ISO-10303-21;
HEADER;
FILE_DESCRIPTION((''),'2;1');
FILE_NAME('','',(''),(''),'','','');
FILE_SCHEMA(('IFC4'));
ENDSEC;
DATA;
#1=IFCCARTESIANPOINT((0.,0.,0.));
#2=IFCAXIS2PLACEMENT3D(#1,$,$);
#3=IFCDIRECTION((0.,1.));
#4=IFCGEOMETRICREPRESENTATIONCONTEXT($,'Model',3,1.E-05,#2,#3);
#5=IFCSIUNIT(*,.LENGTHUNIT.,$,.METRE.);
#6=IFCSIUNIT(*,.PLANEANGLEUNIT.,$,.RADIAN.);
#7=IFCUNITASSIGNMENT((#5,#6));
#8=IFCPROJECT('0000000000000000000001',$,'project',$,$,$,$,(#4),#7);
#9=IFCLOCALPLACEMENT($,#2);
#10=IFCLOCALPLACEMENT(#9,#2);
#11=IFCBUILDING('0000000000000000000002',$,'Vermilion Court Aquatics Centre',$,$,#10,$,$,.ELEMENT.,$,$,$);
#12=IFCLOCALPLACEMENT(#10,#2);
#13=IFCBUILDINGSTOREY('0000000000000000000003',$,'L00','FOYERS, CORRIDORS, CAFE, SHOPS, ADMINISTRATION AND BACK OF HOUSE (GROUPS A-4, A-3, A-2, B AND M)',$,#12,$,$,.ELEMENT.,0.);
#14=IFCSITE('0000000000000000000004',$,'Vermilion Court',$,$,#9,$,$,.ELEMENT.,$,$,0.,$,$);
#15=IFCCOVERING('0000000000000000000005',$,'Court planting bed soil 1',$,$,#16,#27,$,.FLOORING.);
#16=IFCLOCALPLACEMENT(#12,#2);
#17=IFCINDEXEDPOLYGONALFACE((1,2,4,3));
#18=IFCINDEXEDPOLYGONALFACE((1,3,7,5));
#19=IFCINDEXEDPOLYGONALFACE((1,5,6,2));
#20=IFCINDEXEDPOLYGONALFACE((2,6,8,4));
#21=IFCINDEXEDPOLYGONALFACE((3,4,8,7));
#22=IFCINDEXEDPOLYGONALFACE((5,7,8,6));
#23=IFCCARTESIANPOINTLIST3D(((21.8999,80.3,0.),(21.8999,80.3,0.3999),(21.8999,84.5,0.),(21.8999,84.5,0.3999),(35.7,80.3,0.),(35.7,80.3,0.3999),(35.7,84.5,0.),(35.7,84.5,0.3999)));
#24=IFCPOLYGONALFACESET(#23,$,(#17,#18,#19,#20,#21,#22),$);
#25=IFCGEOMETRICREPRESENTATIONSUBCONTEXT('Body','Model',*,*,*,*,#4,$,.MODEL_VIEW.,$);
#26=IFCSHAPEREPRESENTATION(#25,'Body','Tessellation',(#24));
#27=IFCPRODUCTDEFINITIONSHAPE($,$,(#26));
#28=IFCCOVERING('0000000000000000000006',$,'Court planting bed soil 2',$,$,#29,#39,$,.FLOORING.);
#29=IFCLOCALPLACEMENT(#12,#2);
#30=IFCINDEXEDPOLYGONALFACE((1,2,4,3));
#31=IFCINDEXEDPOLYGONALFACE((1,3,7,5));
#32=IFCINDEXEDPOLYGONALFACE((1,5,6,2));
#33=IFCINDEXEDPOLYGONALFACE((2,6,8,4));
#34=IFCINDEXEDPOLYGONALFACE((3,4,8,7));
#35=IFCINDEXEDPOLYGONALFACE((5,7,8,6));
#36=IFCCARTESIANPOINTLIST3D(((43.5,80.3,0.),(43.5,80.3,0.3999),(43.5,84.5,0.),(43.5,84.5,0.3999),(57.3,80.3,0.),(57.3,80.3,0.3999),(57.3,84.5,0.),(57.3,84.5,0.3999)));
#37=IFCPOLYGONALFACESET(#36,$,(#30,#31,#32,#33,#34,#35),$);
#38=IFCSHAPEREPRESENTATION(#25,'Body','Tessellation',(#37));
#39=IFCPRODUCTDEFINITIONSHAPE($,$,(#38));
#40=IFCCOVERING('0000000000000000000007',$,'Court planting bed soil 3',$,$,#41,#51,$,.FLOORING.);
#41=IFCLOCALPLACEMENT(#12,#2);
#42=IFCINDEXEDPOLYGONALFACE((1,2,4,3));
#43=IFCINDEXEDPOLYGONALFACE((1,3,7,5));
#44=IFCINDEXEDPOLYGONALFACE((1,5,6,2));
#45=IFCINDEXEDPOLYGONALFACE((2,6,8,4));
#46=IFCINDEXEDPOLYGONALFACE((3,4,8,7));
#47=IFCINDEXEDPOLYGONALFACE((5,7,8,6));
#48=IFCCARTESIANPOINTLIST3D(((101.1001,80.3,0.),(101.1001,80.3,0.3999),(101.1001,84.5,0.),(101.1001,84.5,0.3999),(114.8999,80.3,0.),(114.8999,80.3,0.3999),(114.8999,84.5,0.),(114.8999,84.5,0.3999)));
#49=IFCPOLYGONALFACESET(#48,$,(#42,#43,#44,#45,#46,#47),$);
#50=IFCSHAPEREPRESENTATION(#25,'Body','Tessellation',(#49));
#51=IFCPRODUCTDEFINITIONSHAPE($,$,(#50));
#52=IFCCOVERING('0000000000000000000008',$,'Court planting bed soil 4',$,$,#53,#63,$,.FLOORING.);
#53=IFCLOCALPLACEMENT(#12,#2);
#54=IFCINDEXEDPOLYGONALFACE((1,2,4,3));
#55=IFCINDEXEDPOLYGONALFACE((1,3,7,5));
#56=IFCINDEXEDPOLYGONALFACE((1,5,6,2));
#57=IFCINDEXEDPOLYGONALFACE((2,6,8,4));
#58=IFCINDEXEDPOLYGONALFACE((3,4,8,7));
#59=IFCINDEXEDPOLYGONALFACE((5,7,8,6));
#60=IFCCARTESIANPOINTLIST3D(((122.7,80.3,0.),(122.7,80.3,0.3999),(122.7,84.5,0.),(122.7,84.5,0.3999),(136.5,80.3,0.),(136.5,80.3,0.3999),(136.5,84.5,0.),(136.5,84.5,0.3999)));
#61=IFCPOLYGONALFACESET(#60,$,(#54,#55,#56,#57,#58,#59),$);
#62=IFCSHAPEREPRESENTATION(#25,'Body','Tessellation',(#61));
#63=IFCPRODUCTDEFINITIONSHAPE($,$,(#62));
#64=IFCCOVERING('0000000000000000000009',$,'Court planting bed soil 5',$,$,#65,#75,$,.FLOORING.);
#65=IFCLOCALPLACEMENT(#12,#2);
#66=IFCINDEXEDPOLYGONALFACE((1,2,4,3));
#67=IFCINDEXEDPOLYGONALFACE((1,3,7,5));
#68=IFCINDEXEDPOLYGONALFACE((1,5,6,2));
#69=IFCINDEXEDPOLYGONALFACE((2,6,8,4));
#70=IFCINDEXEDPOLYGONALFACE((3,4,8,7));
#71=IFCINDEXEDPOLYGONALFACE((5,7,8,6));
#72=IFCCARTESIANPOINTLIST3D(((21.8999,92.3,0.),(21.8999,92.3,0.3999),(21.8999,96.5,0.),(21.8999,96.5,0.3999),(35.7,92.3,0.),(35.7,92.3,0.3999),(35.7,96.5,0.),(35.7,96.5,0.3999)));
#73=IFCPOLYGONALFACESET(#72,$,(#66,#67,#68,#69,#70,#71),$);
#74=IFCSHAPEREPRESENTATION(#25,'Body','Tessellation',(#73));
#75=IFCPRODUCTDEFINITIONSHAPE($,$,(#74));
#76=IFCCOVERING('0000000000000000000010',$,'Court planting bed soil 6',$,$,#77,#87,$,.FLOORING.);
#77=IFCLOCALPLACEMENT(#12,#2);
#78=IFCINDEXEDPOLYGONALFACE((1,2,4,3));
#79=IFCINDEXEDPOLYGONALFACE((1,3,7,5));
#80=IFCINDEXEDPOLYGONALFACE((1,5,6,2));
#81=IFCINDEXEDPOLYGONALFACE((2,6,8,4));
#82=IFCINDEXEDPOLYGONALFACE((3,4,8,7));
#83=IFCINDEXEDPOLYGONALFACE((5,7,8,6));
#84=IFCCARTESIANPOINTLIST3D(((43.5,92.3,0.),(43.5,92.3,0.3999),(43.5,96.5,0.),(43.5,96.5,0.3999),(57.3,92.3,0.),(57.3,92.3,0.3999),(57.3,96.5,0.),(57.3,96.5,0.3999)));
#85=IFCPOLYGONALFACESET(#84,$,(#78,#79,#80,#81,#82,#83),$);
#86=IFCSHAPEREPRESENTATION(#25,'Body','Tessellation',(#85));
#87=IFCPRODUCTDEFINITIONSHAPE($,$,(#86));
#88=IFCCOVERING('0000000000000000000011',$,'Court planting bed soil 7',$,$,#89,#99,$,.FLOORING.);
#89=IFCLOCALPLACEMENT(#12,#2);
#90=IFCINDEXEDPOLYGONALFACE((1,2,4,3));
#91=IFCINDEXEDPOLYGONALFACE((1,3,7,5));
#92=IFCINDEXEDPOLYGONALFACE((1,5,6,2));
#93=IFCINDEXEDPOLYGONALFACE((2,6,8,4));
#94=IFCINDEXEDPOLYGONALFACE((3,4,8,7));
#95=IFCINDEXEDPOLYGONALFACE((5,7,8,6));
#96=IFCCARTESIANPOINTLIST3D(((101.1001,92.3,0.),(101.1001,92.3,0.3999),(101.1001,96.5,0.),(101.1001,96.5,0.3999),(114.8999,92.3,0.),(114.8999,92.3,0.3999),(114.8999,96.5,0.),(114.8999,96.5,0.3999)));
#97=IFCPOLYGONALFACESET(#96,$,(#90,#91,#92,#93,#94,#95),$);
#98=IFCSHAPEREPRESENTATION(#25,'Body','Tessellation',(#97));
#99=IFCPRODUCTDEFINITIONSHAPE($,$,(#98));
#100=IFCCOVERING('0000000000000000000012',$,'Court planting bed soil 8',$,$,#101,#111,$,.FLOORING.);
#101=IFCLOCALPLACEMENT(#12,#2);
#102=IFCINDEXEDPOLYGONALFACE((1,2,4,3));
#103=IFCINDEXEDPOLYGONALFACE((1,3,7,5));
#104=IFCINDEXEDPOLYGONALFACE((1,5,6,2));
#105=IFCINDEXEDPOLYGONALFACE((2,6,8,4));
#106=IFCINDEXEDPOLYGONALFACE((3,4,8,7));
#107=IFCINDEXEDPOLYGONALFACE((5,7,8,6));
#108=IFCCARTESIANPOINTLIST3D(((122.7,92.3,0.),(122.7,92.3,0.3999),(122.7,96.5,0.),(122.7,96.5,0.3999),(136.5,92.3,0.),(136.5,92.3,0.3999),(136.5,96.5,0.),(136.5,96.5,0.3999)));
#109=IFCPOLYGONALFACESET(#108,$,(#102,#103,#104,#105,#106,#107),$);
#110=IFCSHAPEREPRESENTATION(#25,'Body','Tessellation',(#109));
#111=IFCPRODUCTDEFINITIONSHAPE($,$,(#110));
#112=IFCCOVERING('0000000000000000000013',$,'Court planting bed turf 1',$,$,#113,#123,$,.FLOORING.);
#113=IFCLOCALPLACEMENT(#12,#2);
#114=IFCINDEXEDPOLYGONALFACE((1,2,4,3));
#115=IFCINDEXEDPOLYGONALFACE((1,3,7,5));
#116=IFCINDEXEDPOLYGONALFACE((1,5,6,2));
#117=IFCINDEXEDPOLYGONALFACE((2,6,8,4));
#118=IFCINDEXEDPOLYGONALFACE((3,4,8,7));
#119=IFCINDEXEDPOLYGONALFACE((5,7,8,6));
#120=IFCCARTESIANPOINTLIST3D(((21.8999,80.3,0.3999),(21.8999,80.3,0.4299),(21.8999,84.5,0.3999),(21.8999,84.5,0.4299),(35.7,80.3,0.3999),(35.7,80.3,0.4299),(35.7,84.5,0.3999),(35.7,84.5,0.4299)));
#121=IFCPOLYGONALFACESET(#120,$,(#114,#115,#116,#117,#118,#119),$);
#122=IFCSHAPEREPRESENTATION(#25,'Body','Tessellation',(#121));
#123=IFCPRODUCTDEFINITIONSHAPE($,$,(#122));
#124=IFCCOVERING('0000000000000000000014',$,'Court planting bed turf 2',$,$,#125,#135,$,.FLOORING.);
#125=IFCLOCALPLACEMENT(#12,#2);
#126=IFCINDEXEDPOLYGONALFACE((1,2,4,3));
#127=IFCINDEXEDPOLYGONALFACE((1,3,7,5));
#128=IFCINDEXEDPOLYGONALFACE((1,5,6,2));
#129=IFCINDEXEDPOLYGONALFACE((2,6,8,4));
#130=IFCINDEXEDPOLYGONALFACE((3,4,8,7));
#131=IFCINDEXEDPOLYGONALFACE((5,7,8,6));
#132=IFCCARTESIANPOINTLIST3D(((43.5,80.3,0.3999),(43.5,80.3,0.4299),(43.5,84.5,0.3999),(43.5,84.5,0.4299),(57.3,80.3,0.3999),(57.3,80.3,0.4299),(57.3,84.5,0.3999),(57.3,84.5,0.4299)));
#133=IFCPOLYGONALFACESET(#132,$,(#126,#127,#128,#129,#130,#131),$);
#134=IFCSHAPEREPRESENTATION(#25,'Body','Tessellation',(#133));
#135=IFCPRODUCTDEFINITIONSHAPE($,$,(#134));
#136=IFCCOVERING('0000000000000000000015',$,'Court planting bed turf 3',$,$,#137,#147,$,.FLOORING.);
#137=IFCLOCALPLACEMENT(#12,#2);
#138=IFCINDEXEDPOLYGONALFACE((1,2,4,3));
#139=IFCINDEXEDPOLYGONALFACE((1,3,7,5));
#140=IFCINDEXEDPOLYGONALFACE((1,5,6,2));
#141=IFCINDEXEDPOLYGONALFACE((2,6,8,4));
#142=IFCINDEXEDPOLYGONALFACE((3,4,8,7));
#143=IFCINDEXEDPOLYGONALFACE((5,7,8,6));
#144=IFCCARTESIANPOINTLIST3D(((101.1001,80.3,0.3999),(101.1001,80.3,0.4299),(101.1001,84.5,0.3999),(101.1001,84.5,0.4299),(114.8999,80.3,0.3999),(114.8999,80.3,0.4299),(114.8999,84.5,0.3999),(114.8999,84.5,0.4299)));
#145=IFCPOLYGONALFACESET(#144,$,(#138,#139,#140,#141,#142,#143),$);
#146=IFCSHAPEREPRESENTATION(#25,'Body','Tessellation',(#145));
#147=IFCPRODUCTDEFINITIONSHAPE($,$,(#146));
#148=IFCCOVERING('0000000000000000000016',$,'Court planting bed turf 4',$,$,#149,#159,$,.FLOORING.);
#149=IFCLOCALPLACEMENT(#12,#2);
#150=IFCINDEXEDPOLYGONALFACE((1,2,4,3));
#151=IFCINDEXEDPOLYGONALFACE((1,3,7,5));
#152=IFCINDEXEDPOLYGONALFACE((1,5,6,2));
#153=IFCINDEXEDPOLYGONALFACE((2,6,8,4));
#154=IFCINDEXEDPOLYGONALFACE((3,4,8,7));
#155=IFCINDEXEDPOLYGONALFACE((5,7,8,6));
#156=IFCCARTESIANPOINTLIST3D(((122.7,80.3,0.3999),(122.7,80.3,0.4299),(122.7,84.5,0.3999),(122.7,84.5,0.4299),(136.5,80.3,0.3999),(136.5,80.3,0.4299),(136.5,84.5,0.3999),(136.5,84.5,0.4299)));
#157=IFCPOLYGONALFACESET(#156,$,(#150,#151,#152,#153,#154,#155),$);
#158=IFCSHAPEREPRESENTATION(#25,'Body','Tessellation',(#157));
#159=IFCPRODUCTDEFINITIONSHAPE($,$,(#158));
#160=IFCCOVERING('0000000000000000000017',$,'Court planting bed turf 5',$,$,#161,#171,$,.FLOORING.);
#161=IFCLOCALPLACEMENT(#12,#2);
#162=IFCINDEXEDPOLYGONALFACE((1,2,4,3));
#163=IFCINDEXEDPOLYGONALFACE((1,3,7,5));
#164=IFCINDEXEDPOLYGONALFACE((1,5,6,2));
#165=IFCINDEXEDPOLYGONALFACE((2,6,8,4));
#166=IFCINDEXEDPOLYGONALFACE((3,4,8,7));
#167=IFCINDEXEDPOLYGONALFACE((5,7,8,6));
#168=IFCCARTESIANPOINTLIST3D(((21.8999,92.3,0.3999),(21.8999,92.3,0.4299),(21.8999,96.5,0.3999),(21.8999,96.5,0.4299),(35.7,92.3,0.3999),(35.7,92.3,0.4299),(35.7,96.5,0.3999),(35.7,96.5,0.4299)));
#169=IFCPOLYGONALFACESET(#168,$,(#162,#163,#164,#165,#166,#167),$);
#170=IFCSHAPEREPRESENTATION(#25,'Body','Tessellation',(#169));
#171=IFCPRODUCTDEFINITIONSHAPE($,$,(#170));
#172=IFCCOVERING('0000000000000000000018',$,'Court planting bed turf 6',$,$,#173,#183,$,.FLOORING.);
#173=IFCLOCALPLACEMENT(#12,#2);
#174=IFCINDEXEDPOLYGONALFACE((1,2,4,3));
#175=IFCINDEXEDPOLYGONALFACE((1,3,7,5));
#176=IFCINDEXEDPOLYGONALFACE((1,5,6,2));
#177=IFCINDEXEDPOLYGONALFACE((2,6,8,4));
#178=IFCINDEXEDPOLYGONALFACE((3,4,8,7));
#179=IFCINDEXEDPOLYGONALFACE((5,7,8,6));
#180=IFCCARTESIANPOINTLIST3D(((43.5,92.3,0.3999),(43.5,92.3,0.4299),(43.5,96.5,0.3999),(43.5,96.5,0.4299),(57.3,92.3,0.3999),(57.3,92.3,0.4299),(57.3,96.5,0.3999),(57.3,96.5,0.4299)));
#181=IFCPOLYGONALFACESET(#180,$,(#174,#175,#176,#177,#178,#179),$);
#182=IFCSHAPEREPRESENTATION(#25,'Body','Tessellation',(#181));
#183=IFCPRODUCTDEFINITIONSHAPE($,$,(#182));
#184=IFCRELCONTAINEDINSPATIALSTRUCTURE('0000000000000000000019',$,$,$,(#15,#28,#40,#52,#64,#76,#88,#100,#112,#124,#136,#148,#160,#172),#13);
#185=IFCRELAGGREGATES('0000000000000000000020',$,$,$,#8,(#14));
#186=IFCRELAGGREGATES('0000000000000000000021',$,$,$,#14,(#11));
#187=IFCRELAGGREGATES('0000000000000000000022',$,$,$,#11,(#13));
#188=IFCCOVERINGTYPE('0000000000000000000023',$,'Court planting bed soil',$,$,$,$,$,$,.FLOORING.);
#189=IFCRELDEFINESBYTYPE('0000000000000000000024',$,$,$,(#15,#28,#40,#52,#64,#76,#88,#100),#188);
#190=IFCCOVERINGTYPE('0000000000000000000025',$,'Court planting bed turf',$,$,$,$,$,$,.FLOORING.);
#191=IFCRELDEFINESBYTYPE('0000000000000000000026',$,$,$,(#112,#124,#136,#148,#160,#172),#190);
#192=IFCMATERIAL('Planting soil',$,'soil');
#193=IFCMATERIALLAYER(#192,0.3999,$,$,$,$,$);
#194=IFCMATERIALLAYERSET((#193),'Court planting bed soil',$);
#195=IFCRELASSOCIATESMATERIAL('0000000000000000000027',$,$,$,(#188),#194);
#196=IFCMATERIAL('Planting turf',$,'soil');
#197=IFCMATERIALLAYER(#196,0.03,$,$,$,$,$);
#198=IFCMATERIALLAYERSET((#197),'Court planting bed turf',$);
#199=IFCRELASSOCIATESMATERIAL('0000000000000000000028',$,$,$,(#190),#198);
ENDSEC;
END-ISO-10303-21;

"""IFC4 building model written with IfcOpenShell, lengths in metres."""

from ifc_helpers import new_model, si_unit, direction, frame, origin, place, context, subcontext, project, spatial, polyline, outline, extrude, material, layer, layer_set, type_object, element, save


model = new_model("IFC4")

# Units and contexts
model_context = context("Model", 3, precision=1e-05, world=origin(), true_north=direction((0.0, 1.0)))
body_context = subcontext(model_context, "Body", "Model", "MODEL_VIEW")
ifc_project = project(units=[si_unit("LENGTHUNIT", "METRE"), si_unit("PLANEANGLEUNIT", "RADIAN")], contexts=[model_context])

# Site, building, storey
site_placement = place(None, origin())
site = spatial("IfcSite", under=ifc_project, at=site_placement, Name="Vermilion Court", CompositionType="ELEMENT", RefElevation=0.0)
building_placement = place(site_placement, origin())
building = spatial("IfcBuilding", under=site, at=building_placement, Name="Vermilion Court Aquatics Centre", CompositionType="ELEMENT")
storey_placement = place(building_placement, origin())
storey = spatial("IfcBuildingStorey", under=building, at=storey_placement, Name="L00", Description="FOYERS, CORRIDORS, CAFE, SHOPS, ADMINISTRATION AND BACK OF HOUSE (GROUPS A-4, A-3, A-2, B AND M)", CompositionType="ELEMENT", Elevation=0.0)

# Coverings
ifc_material_1 = material(Name="Planting soil", Category="soil")
ifc_layer_1 = layer(ifc_material_1, 0.3999)
ifc_layer_set_1 = layer_set([ifc_layer_1], Name="Court planting bed soil")
covering_type_1 = type_object("IfcCoveringType", Name="Court planting bed soil", PredefinedType="FLOORING", material=ifc_layer_set_1)
covering_1_placement = place(storey_placement, origin())
element("IfcCovering", 1, at=covering_1_placement, inside=storey, type_object=covering_type_1, Name="Court planting bed soil 1", PredefinedType="FLOORING", context=body_context, shape_type="SweptSolid", body=[
    extrude(outline(polyline([(21.8999, 80.3), (35.7, 80.3), (35.7, 84.5), (21.8999, 84.5), (21.8999, 80.3)])), origin(), (0.0, 0.0, 1.0), 0.3999),
])
covering_2_placement = place(storey_placement, origin())
element("IfcCovering", 2, at=covering_2_placement, inside=storey, type_object=covering_type_1, Name="Court planting bed soil 2", PredefinedType="FLOORING", context=body_context, shape_type="SweptSolid", body=[
    extrude(outline(polyline([(43.5, 80.3), (57.3, 80.3), (57.3, 84.5), (43.5, 84.5), (43.5, 80.3)])), origin(), (0.0, 0.0, 1.0), 0.3999),
])
covering_3_placement = place(storey_placement, origin())
element("IfcCovering", 3, at=covering_3_placement, inside=storey, type_object=covering_type_1, Name="Court planting bed soil 3", PredefinedType="FLOORING", context=body_context, shape_type="SweptSolid", body=[
    extrude(outline(polyline([(101.1001, 80.3), (114.8999, 80.3), (114.8999, 84.5), (101.1001, 84.5), (101.1001, 80.3)])), origin(), (0.0, 0.0, 1.0), 0.3999),
])
covering_4_placement = place(storey_placement, origin())
element("IfcCovering", 4, at=covering_4_placement, inside=storey, type_object=covering_type_1, Name="Court planting bed soil 4", PredefinedType="FLOORING", context=body_context, shape_type="SweptSolid", body=[
    extrude(outline(polyline([(122.7, 80.3), (136.5, 80.3), (136.5, 84.5), (122.7, 84.5), (122.7, 80.3)])), origin(), (0.0, 0.0, 1.0), 0.3999),
])
covering_5_placement = place(storey_placement, origin())
element("IfcCovering", 5, at=covering_5_placement, inside=storey, type_object=covering_type_1, Name="Court planting bed soil 5", PredefinedType="FLOORING", context=body_context, shape_type="SweptSolid", body=[
    extrude(outline(polyline([(21.8999, 92.3), (35.7, 92.3), (35.7, 96.5), (21.8999, 96.5), (21.8999, 92.3)])), origin(), (0.0, 0.0, 1.0), 0.3999),
])
covering_6_placement = place(storey_placement, origin())
element("IfcCovering", 6, at=covering_6_placement, inside=storey, type_object=covering_type_1, Name="Court planting bed soil 6", PredefinedType="FLOORING", context=body_context, shape_type="SweptSolid", body=[
    extrude(outline(polyline([(43.5, 92.3), (57.3, 92.3), (57.3, 96.5), (43.5, 96.5), (43.5, 92.3)])), origin(), (0.0, 0.0, 1.0), 0.3999),
])
covering_7_placement = place(storey_placement, origin())
element("IfcCovering", 7, at=covering_7_placement, inside=storey, type_object=covering_type_1, Name="Court planting bed soil 7", PredefinedType="FLOORING", context=body_context, shape_type="SweptSolid", body=[
    extrude(outline(polyline([(101.1001, 92.3), (114.8999, 92.3), (114.8999, 96.5), (101.1001, 96.5), (101.1001, 92.3)])), origin(), (0.0, 0.0, 1.0), 0.3999),
])
covering_8_placement = place(storey_placement, origin())
element("IfcCovering", 8, at=covering_8_placement, inside=storey, type_object=covering_type_1, Name="Court planting bed soil 8", PredefinedType="FLOORING", context=body_context, shape_type="SweptSolid", body=[
    extrude(outline(polyline([(122.7, 92.3), (136.5, 92.3), (136.5, 96.5), (122.7, 96.5), (122.7, 92.3)])), origin(), (0.0, 0.0, 1.0), 0.3999),
])
ifc_material_2 = material(Name="Planting turf", Category="soil")
ifc_layer_2 = layer(ifc_material_2, 0.03)
ifc_layer_set_2 = layer_set([ifc_layer_2], Name="Court planting bed turf")
covering_type_2 = type_object("IfcCoveringType", Name="Court planting bed turf", PredefinedType="FLOORING", material=ifc_layer_set_2)
covering_9_placement = place(storey_placement, frame((0.0, 0.0, 0.3999)))
element("IfcCovering", 9, at=covering_9_placement, inside=storey, type_object=covering_type_2, Name="Court planting bed turf 1", PredefinedType="FLOORING", context=body_context, shape_type="SweptSolid", body=[
    extrude(outline(polyline([(21.8999, 80.3), (35.7, 80.3), (35.7, 84.5), (21.8999, 84.5), (21.8999, 80.3)])), origin(), (0.0, 0.0, 1.0), 0.03),
])
covering_10_placement = place(storey_placement, frame((0.0, 0.0, 0.3999)))
element("IfcCovering", 10, at=covering_10_placement, inside=storey, type_object=covering_type_2, Name="Court planting bed turf 2", PredefinedType="FLOORING", context=body_context, shape_type="SweptSolid", body=[
    extrude(outline(polyline([(43.5, 80.3), (57.3, 80.3), (57.3, 84.5), (43.5, 84.5), (43.5, 80.3)])), origin(), (0.0, 0.0, 1.0), 0.03),
])
covering_11_placement = place(storey_placement, frame((0.0, 0.0, 0.3999)))
element("IfcCovering", 11, at=covering_11_placement, inside=storey, type_object=covering_type_2, Name="Court planting bed turf 3", PredefinedType="FLOORING", context=body_context, shape_type="SweptSolid", body=[
    extrude(outline(polyline([(101.1001, 80.3), (114.8999, 80.3), (114.8999, 84.5), (101.1001, 84.5), (101.1001, 80.3)])), origin(), (0.0, 0.0, 1.0), 0.03),
])
covering_12_placement = place(storey_placement, frame((0.0, 0.0, 0.3999)))
element("IfcCovering", 12, at=covering_12_placement, inside=storey, type_object=covering_type_2, Name="Court planting bed turf 4", PredefinedType="FLOORING", context=body_context, shape_type="SweptSolid", body=[
    extrude(outline(polyline([(122.7, 80.3), (136.5, 80.3), (136.5, 84.5), (122.7, 84.5), (122.7, 80.3)])), origin(), (0.0, 0.0, 1.0), 0.03),
])
covering_13_placement = place(storey_placement, frame((0.0, 0.0, 0.3999)))
element("IfcCovering", 13, at=covering_13_placement, inside=storey, type_object=covering_type_2, Name="Court planting bed turf 5", PredefinedType="FLOORING", context=body_context, shape_type="SweptSolid", body=[
    extrude(outline(polyline([(21.8999, 92.3), (35.7, 92.3), (35.7, 96.5), (21.8999, 96.5), (21.8999, 92.3)])), origin(), (0.0, 0.0, 1.0), 0.03),
])
covering_14_placement = place(storey_placement, frame((0.0, 0.0, 0.3999)))
element("IfcCovering", 14, at=covering_14_placement, inside=storey, type_object=covering_type_2, Name="Court planting bed turf 6", PredefinedType="FLOORING", context=body_context, shape_type="SweptSolid", body=[
    extrude(outline(polyline([(43.5, 92.3), (57.3, 92.3), (57.3, 96.5), (43.5, 96.5), (43.5, 92.3)])), origin(), (0.0, 0.0, 1.0), 0.03),
])

save(model, "model.ifc")
